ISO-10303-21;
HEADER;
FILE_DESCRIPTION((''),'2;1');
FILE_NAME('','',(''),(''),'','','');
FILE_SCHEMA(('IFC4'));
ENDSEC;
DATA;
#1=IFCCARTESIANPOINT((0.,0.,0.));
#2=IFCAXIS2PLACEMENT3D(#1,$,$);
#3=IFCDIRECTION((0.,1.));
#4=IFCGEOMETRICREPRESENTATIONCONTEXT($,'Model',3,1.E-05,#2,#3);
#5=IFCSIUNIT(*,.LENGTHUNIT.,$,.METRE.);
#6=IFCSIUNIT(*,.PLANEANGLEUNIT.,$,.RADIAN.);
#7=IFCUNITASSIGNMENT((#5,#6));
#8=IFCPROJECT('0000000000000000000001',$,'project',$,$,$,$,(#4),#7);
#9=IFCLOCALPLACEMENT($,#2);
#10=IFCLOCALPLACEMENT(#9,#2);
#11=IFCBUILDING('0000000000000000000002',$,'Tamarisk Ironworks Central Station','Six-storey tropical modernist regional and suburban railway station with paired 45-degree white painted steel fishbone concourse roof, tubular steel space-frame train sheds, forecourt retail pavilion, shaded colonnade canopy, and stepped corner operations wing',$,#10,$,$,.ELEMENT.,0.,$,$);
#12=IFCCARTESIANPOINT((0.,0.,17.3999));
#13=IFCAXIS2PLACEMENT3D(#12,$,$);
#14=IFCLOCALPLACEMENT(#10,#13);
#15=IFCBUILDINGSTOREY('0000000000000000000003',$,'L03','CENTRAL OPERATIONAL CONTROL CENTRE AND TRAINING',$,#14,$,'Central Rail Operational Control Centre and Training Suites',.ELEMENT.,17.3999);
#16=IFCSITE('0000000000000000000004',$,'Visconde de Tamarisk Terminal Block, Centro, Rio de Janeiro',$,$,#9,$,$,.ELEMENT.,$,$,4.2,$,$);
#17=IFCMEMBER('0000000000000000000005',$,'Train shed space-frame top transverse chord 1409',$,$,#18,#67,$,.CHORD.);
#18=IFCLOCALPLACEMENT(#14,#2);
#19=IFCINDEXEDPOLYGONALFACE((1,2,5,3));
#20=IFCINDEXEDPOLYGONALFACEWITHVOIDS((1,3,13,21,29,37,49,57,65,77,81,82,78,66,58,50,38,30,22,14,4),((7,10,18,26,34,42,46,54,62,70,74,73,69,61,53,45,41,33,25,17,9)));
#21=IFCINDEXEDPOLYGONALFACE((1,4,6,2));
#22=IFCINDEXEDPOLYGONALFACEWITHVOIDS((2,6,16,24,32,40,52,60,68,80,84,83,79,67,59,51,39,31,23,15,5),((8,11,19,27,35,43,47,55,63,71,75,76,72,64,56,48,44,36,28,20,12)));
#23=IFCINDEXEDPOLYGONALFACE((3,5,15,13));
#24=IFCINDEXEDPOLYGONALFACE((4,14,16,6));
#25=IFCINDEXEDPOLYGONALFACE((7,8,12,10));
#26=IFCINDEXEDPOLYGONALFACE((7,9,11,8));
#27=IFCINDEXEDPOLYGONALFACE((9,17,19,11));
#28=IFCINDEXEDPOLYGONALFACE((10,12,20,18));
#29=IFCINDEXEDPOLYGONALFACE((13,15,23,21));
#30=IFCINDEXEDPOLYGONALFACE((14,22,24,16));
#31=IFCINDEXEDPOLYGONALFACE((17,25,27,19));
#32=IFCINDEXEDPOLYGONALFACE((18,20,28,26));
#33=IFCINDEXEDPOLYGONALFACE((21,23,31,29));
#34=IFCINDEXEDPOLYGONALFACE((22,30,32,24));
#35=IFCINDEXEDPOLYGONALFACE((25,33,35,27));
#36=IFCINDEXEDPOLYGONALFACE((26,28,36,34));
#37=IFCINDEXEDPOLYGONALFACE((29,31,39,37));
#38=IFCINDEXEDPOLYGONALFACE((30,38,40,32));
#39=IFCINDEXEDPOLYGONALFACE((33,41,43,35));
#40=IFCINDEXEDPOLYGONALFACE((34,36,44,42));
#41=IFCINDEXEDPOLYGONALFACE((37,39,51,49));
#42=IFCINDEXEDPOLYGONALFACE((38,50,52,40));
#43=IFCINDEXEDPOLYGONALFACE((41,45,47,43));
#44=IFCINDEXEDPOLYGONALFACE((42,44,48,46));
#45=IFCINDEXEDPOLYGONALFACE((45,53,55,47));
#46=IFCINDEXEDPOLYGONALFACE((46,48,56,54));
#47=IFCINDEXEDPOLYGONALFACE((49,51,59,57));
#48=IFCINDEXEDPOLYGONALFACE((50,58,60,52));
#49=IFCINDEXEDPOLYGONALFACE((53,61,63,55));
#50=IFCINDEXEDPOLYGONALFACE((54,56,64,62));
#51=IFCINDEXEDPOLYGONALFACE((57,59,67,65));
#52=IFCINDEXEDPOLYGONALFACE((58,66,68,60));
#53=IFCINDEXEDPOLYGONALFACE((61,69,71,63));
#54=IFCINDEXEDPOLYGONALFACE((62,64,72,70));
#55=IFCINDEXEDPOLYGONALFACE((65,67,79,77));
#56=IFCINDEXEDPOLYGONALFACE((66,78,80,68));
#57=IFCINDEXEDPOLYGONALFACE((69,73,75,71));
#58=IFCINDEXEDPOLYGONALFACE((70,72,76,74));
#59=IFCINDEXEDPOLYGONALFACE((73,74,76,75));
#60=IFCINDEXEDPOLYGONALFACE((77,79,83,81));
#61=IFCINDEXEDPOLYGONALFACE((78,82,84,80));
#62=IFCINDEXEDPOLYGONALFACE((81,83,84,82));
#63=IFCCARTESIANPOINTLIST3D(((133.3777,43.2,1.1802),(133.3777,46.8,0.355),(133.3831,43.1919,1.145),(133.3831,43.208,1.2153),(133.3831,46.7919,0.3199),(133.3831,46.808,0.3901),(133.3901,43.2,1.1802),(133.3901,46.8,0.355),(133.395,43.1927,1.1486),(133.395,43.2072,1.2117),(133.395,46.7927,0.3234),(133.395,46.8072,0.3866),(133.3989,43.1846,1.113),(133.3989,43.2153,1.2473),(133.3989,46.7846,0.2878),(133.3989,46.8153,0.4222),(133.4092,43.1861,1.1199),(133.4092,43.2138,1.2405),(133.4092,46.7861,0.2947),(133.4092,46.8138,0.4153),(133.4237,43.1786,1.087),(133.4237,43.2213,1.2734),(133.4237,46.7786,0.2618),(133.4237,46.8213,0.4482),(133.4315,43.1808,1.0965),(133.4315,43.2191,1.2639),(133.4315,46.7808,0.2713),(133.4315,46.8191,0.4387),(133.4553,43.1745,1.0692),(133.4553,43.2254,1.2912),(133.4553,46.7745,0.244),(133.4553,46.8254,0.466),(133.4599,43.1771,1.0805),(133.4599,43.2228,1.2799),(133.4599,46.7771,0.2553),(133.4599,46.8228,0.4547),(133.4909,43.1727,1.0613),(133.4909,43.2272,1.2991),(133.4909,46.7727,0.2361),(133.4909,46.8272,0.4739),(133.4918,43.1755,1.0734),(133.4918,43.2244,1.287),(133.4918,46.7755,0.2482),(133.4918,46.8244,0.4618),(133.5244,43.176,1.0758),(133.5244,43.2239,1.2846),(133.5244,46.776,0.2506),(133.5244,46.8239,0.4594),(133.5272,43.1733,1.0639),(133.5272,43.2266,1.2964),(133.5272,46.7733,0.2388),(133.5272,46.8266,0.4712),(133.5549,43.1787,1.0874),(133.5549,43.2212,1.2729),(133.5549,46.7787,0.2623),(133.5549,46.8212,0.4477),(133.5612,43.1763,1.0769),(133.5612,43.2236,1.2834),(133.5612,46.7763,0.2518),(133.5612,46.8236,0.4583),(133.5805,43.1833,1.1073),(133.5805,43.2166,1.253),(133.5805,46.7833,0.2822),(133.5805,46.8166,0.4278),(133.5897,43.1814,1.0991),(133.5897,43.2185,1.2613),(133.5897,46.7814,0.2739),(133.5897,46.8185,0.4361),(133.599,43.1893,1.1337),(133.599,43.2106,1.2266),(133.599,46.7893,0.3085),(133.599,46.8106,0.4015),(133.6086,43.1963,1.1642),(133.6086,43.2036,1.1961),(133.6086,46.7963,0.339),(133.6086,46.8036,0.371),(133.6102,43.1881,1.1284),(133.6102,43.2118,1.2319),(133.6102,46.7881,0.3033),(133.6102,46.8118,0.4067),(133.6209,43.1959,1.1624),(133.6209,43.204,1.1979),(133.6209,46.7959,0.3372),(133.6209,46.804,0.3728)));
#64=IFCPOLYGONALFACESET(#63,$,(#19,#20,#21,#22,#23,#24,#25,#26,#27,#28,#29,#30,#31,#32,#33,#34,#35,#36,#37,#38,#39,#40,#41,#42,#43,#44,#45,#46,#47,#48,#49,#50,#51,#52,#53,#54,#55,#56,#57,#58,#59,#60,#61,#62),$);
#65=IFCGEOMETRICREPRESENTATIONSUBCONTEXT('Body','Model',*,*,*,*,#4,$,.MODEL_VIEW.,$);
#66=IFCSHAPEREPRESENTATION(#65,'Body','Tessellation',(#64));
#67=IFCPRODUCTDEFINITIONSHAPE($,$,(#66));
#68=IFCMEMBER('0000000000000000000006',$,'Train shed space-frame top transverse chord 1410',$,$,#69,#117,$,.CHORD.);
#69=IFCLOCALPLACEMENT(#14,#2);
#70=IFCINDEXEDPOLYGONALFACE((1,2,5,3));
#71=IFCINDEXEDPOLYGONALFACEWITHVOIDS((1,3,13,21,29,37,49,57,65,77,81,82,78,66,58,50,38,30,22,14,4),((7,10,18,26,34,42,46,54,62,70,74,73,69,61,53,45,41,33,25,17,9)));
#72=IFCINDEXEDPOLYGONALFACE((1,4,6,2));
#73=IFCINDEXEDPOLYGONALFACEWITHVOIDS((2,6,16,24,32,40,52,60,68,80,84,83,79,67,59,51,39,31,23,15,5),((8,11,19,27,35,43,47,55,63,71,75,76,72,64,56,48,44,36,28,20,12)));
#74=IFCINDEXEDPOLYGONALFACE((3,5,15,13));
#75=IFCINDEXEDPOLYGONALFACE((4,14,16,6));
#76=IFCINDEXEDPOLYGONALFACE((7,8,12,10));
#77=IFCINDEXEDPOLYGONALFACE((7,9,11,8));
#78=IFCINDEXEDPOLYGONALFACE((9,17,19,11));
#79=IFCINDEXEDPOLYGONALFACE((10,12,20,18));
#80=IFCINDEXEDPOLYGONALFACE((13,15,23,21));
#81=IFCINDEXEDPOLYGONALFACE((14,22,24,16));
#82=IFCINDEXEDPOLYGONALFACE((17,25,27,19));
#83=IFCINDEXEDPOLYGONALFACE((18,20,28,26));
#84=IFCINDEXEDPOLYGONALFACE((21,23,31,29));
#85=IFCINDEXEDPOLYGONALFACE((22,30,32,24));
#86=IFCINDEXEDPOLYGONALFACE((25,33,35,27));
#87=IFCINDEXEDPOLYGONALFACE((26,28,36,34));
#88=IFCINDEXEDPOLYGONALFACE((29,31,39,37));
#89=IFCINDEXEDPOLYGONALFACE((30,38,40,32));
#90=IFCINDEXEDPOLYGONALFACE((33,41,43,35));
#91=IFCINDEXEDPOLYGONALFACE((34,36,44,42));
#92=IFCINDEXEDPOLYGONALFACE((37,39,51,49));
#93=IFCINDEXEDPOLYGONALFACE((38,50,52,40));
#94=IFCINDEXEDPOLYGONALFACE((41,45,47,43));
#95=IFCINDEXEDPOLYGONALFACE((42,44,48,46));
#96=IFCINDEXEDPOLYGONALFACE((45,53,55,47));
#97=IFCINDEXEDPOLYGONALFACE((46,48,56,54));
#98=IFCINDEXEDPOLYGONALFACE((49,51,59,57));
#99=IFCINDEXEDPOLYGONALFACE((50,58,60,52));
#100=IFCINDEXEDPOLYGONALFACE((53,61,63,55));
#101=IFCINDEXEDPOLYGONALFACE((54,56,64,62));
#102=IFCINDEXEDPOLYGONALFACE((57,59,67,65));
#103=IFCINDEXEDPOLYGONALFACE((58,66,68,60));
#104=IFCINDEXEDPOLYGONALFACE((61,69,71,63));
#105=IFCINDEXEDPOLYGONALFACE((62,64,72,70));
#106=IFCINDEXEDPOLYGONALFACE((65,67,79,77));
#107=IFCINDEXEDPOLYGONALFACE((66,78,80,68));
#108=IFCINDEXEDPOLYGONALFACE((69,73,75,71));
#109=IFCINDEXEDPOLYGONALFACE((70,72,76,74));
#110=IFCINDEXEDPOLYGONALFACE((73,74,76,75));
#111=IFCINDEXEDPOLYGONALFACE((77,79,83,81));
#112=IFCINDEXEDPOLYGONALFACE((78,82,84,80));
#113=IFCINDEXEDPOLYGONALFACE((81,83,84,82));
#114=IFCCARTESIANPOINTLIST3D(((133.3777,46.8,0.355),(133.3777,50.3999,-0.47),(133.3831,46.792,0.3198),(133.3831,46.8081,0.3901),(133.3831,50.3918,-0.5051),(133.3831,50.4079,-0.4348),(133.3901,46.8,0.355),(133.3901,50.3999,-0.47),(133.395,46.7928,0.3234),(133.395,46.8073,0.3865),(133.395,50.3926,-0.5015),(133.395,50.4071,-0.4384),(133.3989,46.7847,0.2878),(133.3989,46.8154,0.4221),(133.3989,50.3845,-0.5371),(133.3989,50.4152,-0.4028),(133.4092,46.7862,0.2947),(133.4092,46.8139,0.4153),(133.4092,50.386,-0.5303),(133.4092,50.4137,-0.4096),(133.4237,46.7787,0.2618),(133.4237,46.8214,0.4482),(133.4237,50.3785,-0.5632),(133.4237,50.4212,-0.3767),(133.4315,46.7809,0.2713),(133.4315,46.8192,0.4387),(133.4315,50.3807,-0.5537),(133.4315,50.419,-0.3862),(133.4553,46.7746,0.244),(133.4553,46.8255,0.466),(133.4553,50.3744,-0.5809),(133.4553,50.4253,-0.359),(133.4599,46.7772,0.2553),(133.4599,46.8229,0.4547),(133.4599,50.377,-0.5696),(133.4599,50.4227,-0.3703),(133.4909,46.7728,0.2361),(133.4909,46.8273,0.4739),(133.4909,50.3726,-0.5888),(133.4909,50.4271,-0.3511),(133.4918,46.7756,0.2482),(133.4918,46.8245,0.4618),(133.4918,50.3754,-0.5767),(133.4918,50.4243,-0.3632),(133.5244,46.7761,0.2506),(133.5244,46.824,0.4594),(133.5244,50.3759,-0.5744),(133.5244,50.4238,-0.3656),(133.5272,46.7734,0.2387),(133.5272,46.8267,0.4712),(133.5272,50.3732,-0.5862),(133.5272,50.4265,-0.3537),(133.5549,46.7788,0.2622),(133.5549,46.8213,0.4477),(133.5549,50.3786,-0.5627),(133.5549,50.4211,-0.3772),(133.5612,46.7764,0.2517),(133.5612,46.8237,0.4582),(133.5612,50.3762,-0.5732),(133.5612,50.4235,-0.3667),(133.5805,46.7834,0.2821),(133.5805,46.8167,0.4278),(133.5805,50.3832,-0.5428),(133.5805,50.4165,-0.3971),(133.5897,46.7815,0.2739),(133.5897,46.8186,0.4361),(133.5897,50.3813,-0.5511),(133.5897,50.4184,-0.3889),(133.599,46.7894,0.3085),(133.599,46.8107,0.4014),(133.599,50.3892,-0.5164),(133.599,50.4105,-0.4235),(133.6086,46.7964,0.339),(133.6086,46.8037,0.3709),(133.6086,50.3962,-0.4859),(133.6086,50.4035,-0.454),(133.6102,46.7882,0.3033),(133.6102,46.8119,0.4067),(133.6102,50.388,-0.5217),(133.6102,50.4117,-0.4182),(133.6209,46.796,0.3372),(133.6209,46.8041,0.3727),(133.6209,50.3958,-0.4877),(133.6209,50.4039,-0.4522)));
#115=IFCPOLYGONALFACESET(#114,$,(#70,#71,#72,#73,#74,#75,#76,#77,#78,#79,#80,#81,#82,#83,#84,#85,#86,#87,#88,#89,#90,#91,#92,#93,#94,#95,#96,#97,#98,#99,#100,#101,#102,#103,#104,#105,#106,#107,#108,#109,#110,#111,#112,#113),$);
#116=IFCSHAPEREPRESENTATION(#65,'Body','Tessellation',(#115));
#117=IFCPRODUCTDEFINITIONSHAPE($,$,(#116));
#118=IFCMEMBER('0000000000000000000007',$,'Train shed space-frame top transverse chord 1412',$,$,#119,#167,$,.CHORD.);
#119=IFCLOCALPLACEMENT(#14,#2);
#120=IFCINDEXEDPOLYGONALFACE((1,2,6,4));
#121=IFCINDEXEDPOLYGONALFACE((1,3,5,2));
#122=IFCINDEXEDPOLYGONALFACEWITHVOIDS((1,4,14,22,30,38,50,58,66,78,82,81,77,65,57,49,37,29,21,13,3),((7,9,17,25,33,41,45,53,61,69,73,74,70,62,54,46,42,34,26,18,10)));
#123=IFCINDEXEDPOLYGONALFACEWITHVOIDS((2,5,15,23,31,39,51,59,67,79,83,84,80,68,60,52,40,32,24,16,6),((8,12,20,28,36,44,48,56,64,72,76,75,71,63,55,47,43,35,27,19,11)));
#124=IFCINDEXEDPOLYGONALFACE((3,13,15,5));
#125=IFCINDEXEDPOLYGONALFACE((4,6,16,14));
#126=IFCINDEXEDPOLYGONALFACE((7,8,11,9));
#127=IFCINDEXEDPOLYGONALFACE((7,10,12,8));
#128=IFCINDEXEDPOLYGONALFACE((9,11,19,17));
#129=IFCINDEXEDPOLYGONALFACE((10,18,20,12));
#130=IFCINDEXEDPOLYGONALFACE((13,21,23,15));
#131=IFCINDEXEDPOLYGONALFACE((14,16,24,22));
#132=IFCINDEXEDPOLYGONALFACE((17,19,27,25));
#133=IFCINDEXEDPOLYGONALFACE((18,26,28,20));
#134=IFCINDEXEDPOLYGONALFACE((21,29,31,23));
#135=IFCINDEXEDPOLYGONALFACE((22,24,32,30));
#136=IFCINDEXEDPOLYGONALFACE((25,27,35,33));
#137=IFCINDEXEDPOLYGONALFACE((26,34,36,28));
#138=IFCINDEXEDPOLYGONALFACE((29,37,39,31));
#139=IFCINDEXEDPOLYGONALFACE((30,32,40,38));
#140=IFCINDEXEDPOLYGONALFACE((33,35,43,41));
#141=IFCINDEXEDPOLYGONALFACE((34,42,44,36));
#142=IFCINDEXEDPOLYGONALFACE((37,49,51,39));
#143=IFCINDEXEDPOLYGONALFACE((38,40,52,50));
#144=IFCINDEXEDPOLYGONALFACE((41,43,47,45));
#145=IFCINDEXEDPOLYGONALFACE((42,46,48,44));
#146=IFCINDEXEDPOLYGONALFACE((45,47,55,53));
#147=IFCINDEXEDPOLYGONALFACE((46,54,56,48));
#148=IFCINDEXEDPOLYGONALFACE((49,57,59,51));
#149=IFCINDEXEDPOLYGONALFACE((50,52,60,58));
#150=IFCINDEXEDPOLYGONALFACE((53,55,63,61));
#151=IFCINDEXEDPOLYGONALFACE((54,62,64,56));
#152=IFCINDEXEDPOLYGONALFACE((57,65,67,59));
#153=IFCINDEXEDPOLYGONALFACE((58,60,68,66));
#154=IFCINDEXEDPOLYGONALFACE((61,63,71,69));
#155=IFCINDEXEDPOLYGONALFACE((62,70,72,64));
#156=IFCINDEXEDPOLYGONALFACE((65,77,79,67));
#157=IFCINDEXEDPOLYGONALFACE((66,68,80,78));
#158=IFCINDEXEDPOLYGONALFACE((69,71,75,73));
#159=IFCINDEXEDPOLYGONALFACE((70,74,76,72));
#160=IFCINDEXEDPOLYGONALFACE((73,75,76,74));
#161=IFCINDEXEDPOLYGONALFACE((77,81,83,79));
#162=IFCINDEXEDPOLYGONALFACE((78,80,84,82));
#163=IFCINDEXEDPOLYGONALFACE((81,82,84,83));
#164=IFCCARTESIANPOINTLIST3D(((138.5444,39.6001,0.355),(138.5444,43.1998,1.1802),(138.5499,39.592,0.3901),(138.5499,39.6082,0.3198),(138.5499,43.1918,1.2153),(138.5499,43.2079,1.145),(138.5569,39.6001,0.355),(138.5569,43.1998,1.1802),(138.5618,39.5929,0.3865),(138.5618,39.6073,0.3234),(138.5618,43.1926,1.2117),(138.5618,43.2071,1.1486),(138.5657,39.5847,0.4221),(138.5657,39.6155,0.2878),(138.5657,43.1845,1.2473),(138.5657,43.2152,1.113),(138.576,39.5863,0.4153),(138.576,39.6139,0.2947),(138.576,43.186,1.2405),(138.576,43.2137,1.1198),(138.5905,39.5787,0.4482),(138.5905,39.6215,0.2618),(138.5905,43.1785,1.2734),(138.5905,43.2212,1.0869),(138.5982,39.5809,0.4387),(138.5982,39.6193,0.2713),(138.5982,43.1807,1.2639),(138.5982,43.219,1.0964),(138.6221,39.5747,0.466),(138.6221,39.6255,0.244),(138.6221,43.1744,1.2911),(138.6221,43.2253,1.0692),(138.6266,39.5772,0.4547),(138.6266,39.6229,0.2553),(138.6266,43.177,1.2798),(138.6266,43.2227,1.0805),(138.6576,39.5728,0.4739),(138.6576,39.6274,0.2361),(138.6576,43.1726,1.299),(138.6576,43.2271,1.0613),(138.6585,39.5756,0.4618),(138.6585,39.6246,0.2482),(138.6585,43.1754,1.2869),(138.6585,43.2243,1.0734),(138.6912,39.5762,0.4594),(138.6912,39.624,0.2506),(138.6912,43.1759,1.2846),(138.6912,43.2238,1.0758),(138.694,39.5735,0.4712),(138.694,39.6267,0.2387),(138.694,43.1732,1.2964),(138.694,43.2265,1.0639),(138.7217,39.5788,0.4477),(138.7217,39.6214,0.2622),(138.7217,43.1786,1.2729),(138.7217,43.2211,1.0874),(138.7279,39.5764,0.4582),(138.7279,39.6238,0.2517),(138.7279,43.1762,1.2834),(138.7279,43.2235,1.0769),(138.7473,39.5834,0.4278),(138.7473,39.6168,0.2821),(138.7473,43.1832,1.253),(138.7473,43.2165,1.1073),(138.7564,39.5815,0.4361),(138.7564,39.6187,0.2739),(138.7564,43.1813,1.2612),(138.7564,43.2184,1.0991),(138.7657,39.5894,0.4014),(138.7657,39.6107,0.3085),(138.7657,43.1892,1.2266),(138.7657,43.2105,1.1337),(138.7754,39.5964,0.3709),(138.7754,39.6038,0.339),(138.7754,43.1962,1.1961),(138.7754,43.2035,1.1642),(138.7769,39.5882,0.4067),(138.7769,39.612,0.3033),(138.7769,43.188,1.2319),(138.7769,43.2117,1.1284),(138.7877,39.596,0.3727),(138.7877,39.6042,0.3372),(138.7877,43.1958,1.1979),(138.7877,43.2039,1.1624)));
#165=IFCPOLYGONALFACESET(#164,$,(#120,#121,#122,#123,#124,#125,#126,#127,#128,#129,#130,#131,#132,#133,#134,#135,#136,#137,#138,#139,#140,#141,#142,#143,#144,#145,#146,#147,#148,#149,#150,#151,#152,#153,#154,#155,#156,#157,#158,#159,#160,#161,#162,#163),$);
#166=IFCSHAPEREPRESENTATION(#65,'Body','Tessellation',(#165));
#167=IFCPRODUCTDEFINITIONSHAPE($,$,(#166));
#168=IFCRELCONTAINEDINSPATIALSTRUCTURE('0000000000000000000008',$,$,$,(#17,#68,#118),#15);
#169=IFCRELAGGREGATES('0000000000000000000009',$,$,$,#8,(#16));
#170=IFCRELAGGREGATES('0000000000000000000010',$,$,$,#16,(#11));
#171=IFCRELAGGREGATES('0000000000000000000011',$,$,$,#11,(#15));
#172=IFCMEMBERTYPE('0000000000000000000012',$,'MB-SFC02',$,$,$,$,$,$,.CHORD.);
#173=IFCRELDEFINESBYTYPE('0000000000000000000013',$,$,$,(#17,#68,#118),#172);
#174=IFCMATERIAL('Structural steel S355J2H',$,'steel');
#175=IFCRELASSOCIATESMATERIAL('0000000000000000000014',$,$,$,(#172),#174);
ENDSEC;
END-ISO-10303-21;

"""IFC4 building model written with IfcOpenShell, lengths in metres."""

from ifc_helpers import new_model, si_unit, direction, frame, origin, origin_2d, place, context, subcontext, project, spatial, hollow_circle, extrude, material, material_profile, profile_set, type_object, element, save


model = new_model("IFC4")

# Units and contexts
model_context = context("Model", 3, precision=1e-05, world=origin(), true_north=direction((0.0, 1.0)))
body_context = subcontext(model_context, "Body", "Model", "MODEL_VIEW")
ifc_project = project(units=[si_unit("LENGTHUNIT", "METRE"), si_unit("PLANEANGLEUNIT", "RADIAN")], contexts=[model_context])

# Site, building, storey
site_placement = place(None, origin())
site = spatial("IfcSite", under=ifc_project, at=site_placement, Name="Visconde de Tamarisk Terminal Block, Centro, Rio de Janeiro", CompositionType="ELEMENT", RefElevation=4.2)
building_placement = place(site_placement, origin())
building = spatial("IfcBuilding", under=site, at=building_placement, Name="Tamarisk Ironworks Central Station", Description="Six-storey tropical modernist regional and suburban railway station with paired 45-degree white painted steel fishbone concourse roof, tubular steel space-frame train sheds, forecourt retail pavilion, shaded colonnade canopy, and stepped corner operations wing", CompositionType="ELEMENT", ElevationOfRefHeight=0.0)
storey_placement = place(building_placement, frame((0.0, 0.0, 17.3999)))
storey = spatial("IfcBuildingStorey", under=building, at=storey_placement, Name="L03", Description="CENTRAL OPERATIONAL CONTROL CENTRE AND TRAINING", LongName="Central Rail Operational Control Centre and Training Suites", CompositionType="ELEMENT", Elevation=17.3999)

# Members
ifc_material = material(Name="Structural steel S355J2H", Category="steel")
ifc_material_profile_1 = material_profile(ifc_material, hollow_circle(Radius=0.1223, WallThickness=0.0125, at=origin_2d()), Name="CHS 244.5x12.5")
ifc_profile_set_1 = profile_set([ifc_material_profile_1], Name="Structural steel S355J2H")
member_type_1 = type_object("IfcMemberType", Name="MB-SFC02", PredefinedType="CHORD", material=ifc_profile_set_1)
member_1_placement = place(storey_placement, frame((133.5, 43.2, 1.1802), z_axis=(0.0, 0.974722, -0.223421), x_axis=(-1.0, 0.0, 0.0)))
element("IfcMember", 1, at=member_1_placement, inside=storey, type_object=member_type_1, Name="Train shed space-frame top transverse chord 1409", PredefinedType="CHORD", context=body_context, shape_type="SweptSolid", body=[
    extrude(hollow_circle(Radius=0.1223, WallThickness=0.0125, at=origin_2d()), origin(), (0.0, 0.0, 1.0), 3.6934),
])
for number, where, z_axis, x_axis, name in (
    (2, (133.5, 46.8, 0.355), (0.0, 0.974733, -0.223372), (-1.0, 0.0, 0.0), "Train shed space-frame top transverse chord 1410"),
    (3, (138.6667, 39.6001, 0.355), (0.0, 0.974719, 0.223435), (-1.0, 0.0, 0.0), "Train shed space-frame top transverse chord 1412"),
):
    element("IfcMember", number, at=place(storey_placement, frame(where, z_axis=z_axis, x_axis=x_axis)), inside=storey, type_object=member_type_1, Name=name, PredefinedType="CHORD", context=body_context, shape_type="SweptSolid", body=[
        extrude(hollow_circle(Radius=0.1223, WallThickness=0.0125, at=origin_2d()), origin(), (0.0, 0.0, 1.0), 3.6931),
    ])

save(model, "model.ifc")
